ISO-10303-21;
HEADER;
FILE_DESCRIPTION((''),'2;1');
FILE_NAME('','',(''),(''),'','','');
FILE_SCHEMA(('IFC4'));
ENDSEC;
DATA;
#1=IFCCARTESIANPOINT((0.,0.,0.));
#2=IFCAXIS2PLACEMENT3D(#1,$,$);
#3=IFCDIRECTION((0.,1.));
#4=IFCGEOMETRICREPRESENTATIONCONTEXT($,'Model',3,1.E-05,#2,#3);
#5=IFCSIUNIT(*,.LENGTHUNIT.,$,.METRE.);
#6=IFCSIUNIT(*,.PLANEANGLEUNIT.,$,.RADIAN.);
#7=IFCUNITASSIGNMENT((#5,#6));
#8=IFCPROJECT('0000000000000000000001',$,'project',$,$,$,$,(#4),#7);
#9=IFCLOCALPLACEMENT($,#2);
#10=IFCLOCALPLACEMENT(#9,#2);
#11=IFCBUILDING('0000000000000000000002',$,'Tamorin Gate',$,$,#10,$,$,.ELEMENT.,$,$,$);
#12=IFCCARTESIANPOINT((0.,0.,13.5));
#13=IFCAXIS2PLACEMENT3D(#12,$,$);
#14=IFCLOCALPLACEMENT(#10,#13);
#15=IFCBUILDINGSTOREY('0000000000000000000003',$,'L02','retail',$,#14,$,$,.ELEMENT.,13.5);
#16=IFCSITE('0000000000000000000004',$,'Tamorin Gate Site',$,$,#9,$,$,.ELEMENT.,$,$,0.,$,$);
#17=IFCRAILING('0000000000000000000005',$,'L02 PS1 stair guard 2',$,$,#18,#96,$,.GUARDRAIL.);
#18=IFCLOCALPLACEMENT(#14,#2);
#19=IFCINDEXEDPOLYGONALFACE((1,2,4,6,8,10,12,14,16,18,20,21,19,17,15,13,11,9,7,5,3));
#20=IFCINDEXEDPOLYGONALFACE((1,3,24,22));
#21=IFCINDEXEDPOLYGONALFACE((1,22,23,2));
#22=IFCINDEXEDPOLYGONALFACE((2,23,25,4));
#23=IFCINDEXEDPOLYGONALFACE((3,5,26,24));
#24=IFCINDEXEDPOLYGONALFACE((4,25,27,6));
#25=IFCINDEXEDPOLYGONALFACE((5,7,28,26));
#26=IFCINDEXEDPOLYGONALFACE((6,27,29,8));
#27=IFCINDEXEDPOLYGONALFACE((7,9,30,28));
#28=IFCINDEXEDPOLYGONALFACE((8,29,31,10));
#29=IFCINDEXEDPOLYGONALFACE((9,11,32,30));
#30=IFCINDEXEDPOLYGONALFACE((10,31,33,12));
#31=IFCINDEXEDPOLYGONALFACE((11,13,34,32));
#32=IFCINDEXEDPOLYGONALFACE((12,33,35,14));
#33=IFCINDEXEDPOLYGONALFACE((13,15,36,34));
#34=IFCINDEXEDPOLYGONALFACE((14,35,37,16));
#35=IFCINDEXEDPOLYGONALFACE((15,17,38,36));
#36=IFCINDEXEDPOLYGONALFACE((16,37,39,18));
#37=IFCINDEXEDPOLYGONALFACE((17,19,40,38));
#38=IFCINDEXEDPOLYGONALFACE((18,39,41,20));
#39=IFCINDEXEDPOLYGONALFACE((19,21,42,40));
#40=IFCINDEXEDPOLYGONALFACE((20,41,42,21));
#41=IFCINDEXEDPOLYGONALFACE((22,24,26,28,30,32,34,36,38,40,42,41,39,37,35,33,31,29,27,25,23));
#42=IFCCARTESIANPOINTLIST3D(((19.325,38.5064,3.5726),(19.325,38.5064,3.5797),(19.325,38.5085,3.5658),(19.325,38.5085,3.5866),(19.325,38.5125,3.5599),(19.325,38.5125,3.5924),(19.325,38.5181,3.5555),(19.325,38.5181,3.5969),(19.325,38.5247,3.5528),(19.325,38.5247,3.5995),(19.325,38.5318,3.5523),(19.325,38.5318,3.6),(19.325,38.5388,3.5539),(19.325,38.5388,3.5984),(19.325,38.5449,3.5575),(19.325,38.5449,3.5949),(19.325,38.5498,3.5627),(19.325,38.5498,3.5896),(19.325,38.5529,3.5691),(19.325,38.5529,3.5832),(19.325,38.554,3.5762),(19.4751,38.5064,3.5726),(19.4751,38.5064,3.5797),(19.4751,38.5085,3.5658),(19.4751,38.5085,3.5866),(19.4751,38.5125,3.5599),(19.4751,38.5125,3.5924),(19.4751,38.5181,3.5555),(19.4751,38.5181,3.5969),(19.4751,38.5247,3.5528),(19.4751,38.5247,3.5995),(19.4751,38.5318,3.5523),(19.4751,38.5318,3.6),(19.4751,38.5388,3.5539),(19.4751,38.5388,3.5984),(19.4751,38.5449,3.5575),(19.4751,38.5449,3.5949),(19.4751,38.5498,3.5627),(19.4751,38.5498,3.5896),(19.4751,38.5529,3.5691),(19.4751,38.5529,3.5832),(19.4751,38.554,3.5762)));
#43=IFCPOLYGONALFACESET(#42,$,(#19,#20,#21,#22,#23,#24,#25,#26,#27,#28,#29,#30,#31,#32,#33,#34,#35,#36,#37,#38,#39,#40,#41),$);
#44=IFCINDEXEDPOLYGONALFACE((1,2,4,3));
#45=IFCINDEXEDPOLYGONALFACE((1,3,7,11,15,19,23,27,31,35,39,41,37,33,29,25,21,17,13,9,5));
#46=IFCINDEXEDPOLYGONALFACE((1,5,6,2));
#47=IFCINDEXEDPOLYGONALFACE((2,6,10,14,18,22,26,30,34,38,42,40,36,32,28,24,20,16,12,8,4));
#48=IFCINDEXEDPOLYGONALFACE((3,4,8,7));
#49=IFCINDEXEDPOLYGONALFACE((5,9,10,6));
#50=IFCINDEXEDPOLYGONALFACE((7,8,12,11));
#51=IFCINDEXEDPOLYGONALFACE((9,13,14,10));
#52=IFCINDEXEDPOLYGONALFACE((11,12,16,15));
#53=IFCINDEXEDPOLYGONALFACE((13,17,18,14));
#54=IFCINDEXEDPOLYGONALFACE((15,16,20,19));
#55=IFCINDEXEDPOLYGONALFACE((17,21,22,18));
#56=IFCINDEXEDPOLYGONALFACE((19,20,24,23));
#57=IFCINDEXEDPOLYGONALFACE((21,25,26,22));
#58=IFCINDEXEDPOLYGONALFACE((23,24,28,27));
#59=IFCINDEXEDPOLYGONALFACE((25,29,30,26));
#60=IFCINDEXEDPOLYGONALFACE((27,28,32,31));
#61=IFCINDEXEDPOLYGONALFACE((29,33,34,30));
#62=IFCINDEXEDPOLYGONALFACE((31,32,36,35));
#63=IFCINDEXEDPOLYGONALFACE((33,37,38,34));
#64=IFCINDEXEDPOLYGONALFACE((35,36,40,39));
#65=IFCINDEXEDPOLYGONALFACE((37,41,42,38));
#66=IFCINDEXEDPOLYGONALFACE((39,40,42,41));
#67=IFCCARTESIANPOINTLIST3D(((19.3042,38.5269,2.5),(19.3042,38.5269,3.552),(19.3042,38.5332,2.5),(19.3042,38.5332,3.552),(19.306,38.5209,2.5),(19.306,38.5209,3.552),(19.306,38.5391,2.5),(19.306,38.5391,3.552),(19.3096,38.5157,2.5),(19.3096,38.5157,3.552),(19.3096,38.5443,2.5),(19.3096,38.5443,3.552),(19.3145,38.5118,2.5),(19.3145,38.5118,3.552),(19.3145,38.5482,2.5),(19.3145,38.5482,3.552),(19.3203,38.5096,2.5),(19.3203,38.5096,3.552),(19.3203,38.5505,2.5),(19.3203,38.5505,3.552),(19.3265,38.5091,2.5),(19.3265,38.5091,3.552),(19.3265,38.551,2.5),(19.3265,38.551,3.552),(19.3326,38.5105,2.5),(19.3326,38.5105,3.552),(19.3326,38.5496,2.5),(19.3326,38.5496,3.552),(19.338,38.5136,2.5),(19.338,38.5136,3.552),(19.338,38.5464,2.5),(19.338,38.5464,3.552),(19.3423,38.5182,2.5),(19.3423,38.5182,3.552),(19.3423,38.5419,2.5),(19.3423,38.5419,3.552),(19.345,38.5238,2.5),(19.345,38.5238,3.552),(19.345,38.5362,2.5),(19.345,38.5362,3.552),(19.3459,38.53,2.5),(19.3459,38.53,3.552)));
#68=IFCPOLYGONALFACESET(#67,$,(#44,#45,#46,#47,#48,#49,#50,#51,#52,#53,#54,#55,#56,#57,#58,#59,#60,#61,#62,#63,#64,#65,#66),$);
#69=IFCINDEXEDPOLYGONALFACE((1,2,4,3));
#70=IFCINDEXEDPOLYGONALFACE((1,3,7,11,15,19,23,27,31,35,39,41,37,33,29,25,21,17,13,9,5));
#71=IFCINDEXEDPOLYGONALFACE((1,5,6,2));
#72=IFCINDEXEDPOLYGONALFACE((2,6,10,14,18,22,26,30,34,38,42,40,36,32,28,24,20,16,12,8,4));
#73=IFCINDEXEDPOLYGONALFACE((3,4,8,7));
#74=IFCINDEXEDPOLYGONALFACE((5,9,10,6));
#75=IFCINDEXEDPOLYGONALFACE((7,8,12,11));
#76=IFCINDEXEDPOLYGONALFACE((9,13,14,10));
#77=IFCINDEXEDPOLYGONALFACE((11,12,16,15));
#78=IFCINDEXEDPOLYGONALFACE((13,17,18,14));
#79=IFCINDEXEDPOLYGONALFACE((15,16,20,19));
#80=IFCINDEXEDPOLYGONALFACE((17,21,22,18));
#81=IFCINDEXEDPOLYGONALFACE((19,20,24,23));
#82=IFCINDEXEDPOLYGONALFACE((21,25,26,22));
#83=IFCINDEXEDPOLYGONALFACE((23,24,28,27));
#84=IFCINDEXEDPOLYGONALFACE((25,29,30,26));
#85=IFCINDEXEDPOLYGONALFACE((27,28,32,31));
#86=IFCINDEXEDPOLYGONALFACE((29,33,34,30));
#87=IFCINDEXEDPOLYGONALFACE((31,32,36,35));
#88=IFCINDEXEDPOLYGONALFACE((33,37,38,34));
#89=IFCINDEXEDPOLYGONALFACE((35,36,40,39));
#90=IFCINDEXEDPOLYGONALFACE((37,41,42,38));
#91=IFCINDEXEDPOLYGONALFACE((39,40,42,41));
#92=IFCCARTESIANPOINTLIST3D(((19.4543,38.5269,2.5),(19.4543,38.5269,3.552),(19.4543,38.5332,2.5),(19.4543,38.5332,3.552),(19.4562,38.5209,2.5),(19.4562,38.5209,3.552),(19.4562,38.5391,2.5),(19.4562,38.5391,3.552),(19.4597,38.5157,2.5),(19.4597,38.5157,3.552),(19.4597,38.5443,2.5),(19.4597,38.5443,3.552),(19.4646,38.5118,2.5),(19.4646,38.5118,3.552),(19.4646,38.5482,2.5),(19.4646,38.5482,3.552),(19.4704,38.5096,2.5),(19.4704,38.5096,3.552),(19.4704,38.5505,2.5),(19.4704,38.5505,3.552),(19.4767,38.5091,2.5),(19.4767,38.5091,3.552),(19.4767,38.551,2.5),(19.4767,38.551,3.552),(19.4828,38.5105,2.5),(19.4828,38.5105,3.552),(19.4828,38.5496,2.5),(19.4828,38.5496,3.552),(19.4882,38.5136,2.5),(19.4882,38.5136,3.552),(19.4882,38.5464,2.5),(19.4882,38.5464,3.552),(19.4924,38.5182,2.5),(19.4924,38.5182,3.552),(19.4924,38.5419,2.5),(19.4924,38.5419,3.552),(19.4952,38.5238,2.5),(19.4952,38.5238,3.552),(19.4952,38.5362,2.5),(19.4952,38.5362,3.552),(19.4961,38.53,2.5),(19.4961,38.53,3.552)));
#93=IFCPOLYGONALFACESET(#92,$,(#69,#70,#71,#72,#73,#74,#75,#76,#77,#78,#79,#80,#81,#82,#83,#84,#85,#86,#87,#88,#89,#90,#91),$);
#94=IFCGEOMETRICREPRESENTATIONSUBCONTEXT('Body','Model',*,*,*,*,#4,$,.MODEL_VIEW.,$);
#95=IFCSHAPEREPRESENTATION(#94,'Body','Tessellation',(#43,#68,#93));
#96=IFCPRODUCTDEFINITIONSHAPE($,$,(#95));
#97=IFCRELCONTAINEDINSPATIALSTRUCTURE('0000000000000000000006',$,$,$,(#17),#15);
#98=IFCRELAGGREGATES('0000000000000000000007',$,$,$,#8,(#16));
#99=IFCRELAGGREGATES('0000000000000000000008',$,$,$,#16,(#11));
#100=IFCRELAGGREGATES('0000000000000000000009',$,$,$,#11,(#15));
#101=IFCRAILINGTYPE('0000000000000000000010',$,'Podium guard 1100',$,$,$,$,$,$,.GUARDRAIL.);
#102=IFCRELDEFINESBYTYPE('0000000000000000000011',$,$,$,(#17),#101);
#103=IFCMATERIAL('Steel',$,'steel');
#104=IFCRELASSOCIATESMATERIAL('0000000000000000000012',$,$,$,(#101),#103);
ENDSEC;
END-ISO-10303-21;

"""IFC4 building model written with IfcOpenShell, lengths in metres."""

from ifc_helpers import new_model, si_unit, direction, frame, origin, origin_2d, place, context, subcontext, project, spatial, circle, extrude, material, type_object, element, save


model = new_model("IFC4")

# Units and contexts
model_context = context("Model", 3, precision=1e-05, world=origin(), true_north=direction((0.0, 1.0)))
body_context = subcontext(model_context, "Body", "Model", "MODEL_VIEW")
ifc_project = project(units=[si_unit("LENGTHUNIT", "METRE"), si_unit("PLANEANGLEUNIT", "RADIAN")], contexts=[model_context])

# Site, building, storey
site_placement = place(None, origin())
site = spatial("IfcSite", under=ifc_project, at=site_placement, Name="Tamorin Gate Site", CompositionType="ELEMENT", RefElevation=0.0)
building_placement = place(site_placement, origin())
building = spatial("IfcBuilding", under=site, at=building_placement, Name="Tamorin Gate", CompositionType="ELEMENT")
storey_placement = place(building_placement, frame((0.0, 0.0, 13.5)))
storey = spatial("IfcBuildingStorey", under=building, at=storey_placement, Name="L02", Description="retail", CompositionType="ELEMENT", Elevation=13.5)

# Railing
ifc_material_1 = material(Name="Steel", Category="steel")
railing_type = type_object("IfcRailingType", Name="Podium guard 1100", PredefinedType="GUARDRAIL", material=ifc_material_1)
railing_1_placement = place(storey_placement, frame((19.325, 38.53, 2.5)))
element("IfcRailing", 1, at=railing_1_placement, inside=storey, type_object=railing_type, Name="L02 PS1 stair guard 2", PredefinedType="GUARDRAIL", context=body_context, shape_type="SweptSolid", body=[
    extrude(circle(Radius=0.0239, at=origin_2d()), frame((0.0, 0.0, 1.0762), z_axis=(1.0, 0.0, 0.0), x_axis=(0.0, 1.0, 0.0)), (0.0, 0.0, 1.0), 0.1501),
    extrude(circle(Radius=0.021, at=origin_2d()), origin(), (0.0, 0.0, 1.0), 1.052),
    extrude(circle(Radius=0.021, at=origin_2d()), frame((0.1501, 0.0, 0.0)), (0.0, 0.0, 1.0), 1.052),
])

save(model, "model.ifc")
